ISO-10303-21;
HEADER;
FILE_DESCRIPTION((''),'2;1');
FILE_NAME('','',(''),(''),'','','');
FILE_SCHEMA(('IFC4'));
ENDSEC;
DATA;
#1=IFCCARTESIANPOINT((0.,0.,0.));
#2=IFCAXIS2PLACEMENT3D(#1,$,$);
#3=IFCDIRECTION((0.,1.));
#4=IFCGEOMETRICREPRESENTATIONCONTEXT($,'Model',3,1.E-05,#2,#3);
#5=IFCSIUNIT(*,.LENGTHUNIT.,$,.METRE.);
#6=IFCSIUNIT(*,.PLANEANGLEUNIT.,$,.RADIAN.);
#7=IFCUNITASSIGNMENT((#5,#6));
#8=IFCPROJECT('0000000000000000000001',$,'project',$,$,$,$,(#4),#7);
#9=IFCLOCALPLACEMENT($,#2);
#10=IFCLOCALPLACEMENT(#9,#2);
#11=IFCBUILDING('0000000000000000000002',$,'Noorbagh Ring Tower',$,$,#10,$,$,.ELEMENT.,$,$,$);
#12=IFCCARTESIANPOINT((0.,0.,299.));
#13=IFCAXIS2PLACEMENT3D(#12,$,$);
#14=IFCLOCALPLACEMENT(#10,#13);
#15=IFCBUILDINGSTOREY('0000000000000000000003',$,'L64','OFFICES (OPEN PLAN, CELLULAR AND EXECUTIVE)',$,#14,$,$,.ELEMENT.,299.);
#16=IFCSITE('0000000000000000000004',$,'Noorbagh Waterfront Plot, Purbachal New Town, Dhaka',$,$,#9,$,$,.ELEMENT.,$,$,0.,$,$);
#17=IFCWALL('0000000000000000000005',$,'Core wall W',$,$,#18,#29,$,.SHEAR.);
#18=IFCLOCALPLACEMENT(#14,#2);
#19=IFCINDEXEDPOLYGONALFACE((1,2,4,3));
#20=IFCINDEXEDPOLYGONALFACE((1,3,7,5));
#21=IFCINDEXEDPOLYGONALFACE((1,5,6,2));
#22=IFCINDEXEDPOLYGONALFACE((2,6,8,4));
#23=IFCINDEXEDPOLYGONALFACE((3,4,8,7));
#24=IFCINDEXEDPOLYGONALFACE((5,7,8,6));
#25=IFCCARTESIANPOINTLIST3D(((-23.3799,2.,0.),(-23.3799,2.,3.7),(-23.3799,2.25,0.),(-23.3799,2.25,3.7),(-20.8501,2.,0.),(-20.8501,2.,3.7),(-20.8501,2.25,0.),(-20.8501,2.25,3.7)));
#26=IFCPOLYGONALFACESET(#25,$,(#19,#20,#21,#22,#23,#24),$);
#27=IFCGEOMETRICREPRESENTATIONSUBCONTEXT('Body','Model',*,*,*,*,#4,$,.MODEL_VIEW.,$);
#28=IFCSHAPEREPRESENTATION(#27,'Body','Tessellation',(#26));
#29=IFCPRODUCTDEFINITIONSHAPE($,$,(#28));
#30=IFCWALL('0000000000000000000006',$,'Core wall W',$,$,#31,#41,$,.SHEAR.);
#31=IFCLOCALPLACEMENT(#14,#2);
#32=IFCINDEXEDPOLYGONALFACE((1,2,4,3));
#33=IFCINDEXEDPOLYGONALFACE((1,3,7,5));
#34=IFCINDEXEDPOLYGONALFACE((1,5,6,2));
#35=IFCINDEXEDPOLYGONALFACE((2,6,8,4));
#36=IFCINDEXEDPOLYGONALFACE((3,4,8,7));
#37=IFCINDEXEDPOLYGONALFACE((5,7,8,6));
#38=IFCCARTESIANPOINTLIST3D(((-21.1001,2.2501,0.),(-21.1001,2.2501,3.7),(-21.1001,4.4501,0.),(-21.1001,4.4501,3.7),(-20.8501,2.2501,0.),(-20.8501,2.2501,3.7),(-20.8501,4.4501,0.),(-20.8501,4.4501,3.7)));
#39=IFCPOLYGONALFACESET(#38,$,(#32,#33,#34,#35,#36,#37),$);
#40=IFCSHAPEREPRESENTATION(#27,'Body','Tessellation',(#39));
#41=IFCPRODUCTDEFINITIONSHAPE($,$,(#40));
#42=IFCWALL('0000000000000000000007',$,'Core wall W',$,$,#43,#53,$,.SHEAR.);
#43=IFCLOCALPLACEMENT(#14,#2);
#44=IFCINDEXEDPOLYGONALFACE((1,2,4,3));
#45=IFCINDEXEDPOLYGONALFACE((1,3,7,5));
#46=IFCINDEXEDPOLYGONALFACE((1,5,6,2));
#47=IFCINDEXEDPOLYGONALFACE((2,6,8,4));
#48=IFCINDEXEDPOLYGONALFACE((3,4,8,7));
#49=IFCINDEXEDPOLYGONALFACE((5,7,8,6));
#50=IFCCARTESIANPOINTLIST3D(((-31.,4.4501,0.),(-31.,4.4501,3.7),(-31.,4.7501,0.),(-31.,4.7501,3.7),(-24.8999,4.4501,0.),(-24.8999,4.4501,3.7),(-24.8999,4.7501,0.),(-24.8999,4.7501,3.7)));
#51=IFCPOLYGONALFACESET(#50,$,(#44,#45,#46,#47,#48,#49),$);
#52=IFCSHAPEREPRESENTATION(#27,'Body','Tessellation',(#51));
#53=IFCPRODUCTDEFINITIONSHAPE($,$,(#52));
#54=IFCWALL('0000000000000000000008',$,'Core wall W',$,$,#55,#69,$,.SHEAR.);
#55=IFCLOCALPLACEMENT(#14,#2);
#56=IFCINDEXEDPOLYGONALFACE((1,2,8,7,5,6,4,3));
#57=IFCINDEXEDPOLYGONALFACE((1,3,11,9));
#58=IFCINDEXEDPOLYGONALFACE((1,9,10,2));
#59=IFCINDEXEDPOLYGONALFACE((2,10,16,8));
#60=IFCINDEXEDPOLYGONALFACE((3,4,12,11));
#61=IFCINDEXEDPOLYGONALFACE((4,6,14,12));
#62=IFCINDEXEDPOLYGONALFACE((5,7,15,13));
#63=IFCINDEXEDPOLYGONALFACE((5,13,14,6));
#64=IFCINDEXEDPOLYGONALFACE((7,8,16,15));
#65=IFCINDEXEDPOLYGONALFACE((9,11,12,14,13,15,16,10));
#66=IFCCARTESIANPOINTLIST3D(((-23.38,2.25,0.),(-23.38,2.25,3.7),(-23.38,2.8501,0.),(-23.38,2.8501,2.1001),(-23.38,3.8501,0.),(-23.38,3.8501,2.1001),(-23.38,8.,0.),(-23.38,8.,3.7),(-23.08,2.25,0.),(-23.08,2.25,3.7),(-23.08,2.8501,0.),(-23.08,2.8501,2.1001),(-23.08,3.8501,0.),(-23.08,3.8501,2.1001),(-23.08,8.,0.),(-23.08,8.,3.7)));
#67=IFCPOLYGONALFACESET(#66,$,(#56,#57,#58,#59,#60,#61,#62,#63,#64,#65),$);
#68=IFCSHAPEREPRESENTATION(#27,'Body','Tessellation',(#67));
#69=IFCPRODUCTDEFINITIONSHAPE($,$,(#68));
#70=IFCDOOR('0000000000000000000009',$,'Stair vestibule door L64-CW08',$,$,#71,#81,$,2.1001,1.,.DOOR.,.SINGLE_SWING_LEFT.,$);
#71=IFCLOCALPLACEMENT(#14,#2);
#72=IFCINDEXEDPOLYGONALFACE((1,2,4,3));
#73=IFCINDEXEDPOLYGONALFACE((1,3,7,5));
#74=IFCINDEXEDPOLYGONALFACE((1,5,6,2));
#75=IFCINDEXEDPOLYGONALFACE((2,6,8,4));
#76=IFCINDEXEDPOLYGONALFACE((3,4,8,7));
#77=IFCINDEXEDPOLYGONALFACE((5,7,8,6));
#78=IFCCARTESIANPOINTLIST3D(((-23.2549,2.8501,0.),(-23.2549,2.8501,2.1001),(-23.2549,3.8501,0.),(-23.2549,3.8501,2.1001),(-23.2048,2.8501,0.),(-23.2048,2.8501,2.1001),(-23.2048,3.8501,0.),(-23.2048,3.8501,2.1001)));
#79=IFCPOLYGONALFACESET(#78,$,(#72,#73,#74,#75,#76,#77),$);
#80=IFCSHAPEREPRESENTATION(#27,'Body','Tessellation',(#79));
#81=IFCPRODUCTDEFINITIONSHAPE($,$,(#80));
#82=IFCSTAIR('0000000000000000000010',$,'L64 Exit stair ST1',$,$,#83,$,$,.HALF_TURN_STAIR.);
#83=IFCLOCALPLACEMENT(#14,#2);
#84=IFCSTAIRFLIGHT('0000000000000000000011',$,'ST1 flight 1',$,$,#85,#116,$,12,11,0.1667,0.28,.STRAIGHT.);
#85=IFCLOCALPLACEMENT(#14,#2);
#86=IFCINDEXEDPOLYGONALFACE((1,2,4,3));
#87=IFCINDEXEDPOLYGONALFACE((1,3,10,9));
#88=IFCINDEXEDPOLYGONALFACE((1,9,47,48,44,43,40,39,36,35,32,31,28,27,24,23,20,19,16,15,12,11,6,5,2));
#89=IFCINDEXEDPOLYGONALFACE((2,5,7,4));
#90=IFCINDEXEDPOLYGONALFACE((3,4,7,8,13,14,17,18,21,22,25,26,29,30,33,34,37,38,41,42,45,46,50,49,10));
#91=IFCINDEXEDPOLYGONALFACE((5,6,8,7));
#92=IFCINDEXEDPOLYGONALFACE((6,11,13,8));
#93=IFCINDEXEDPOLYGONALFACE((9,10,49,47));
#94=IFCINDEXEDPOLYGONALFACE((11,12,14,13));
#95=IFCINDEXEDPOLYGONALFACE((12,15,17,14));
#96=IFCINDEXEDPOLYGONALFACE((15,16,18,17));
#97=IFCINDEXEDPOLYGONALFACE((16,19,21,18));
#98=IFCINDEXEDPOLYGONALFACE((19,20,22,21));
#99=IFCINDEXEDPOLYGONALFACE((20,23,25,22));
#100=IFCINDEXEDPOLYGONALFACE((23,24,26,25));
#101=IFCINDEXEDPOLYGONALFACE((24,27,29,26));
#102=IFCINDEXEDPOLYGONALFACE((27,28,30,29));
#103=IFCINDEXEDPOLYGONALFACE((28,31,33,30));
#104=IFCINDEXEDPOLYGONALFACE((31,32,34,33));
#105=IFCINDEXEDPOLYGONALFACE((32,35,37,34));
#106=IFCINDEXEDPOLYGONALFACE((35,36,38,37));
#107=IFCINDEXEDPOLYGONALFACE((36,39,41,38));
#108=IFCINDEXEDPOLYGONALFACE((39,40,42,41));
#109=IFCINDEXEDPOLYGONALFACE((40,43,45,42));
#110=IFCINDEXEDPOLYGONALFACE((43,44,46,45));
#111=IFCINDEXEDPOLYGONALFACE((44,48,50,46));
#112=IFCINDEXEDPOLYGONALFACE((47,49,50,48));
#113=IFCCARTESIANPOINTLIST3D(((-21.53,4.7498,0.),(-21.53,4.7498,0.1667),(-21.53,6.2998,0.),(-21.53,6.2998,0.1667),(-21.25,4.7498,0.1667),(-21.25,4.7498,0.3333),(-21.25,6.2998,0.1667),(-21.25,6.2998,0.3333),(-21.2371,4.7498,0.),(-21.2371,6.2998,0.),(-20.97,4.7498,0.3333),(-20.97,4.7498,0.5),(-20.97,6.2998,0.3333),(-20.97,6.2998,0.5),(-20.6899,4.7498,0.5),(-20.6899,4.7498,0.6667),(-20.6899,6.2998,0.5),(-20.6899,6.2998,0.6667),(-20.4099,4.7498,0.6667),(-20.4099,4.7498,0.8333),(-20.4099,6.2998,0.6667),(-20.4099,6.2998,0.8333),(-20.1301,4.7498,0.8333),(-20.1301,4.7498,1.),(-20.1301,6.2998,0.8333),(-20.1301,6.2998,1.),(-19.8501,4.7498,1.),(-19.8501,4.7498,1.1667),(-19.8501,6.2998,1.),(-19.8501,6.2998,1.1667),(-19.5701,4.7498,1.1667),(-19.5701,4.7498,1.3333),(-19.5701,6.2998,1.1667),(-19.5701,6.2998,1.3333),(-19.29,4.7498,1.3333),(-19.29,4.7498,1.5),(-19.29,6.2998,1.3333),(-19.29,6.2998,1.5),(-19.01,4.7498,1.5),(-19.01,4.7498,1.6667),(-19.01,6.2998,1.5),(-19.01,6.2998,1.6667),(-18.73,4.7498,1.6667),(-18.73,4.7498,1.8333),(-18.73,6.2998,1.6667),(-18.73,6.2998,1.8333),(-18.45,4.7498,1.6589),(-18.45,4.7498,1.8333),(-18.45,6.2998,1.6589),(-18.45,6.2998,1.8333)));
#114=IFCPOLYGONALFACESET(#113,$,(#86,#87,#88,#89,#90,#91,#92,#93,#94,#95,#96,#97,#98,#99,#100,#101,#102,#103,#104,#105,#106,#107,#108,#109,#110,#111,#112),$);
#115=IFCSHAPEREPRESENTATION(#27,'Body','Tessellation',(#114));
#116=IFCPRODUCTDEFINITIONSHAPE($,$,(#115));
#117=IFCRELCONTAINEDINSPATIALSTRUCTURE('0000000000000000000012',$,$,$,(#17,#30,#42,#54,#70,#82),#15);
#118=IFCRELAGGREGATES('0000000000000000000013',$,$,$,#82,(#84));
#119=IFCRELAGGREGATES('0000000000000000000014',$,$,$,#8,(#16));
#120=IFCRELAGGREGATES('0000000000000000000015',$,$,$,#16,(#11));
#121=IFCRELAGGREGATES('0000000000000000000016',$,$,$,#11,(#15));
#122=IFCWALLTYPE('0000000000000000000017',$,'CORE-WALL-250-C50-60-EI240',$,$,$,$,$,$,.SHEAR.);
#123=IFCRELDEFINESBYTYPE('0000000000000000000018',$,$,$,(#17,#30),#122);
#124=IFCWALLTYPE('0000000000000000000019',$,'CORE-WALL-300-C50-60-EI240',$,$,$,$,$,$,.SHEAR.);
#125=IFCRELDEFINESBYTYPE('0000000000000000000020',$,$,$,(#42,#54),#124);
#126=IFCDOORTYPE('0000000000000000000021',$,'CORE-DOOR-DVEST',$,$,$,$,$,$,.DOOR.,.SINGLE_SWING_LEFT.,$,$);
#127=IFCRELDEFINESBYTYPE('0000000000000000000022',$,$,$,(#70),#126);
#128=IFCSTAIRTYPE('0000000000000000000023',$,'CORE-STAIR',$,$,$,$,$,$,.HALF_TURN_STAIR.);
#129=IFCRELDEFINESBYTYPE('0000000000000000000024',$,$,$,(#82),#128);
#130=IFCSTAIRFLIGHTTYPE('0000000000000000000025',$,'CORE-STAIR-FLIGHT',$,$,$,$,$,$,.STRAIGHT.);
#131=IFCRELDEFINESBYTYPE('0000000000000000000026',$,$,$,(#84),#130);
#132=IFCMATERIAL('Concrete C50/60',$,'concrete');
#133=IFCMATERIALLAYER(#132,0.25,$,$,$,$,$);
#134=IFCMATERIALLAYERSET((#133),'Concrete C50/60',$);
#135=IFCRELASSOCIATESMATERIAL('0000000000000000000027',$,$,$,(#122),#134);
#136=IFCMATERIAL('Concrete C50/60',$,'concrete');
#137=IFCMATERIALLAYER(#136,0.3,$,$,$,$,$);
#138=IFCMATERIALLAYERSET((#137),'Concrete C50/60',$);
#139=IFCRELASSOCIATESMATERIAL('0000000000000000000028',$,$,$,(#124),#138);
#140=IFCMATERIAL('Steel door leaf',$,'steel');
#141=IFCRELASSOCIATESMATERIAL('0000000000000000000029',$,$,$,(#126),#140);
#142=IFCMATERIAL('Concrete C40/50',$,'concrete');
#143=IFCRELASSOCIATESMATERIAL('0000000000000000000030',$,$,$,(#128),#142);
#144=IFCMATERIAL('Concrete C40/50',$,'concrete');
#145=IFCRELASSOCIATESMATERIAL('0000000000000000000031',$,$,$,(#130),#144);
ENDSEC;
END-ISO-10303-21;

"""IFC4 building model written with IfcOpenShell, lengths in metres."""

from ifc_helpers import new_model, si_unit, direction, frame, frame_2d, origin, place, context, subcontext, project, spatial, polyline, rectangle, outline, extrude, material, layer, layer_set, type_object, element, fill, aggregate, save


model = new_model("IFC4")

# Units and contexts
model_context = context("Model", 3, precision=1e-05, world=origin(), true_north=direction((0.0, 1.0)))
body_context = subcontext(model_context, "Body", "Model", "MODEL_VIEW")
ifc_project = project(units=[si_unit("LENGTHUNIT", "METRE"), si_unit("PLANEANGLEUNIT", "RADIAN")], contexts=[model_context])

# Site, building, storey
site_placement = place(None, origin())
site = spatial("IfcSite", under=ifc_project, at=site_placement, Name="Noorbagh Waterfront Plot, Purbachal New Town, Dhaka", CompositionType="ELEMENT", RefElevation=0.0)
building_placement = place(site_placement, origin())
building = spatial("IfcBuilding", under=site, at=building_placement, Name="Noorbagh Ring Tower", CompositionType="ELEMENT")
storey_placement = place(building_placement, frame((0.0, 0.0, 299.0)))
storey = spatial("IfcBuildingStorey", under=building, at=storey_placement, Name="L64", Description="OFFICES (OPEN PLAN, CELLULAR AND EXECUTIVE)", CompositionType="ELEMENT", Elevation=299.0)

# Walls
ifc_material_1 = material(Name="Concrete C50/60", Category="concrete")
ifc_layer_1 = layer(ifc_material_1, 0.25)
ifc_layer_set_1 = layer_set([ifc_layer_1], Name="Concrete C50/60")
wall_type_1 = type_object("IfcWallType", Name="CORE-WALL-250-C50-60-EI240", PredefinedType="SHEAR", material=ifc_layer_set_1)
wall_1_placement = place(storey_placement, frame((-20.8501, 2.125, 0.0), z_axis=(0.0, 0.0, 1.0), x_axis=(-1.0, 0.0, 0.0)))
element("IfcWall", 1, at=wall_1_placement, inside=storey, type_object=wall_type_1, Name="Core wall W", PredefinedType="SHEAR", context=body_context, shape_type="SweptSolid", body=[
    extrude(rectangle(XDim=2.5298, YDim=0.25, at=frame_2d((1.2649, 0.0))), origin(), (0.0, 0.0, 1.0), 3.7),
])
wall_2_placement = place(storey_placement, frame((-20.9751, 2.25, 0.0), z_axis=(0.0, 0.0, 1.0), x_axis=(0.0, 1.0, 0.0)))
element("IfcWall", 2, at=wall_2_placement, inside=storey, type_object=wall_type_1, Name="Core wall W", PredefinedType="SHEAR", context=body_context, shape_type="SweptSolid", body=[
    extrude(rectangle(XDim=2.2, YDim=0.25, at=frame_2d((1.1001, 0.0))), origin(), (0.0, 0.0, 1.0), 3.7),
])
ifc_material_2 = material(Name="Concrete C50/60", Category="concrete")
ifc_layer_2 = layer(ifc_material_2, 0.3)
ifc_layer_set_2 = layer_set([ifc_layer_2], Name="Concrete C50/60")
wall_type_2 = type_object("IfcWallType", Name="CORE-WALL-300-C50-60-EI240", PredefinedType="SHEAR", material=ifc_layer_set_2)
wall_3_placement = place(storey_placement, frame((-24.8999, 4.6001, 0.0), z_axis=(0.0, 0.0, 1.0), x_axis=(-1.0, 0.0, 0.0)))
element("IfcWall", 3, at=wall_3_placement, inside=storey, type_object=wall_type_2, Name="Core wall W", PredefinedType="SHEAR", context=body_context, shape_type="SweptSolid", body=[
    extrude(rectangle(XDim=6.1001, YDim=0.3, at=frame_2d((3.05, 0.0))), origin(), (0.0, 0.0, 1.0), 3.7),
])

# Wall, opening, door
wall_4_placement = place(storey_placement, frame((-23.23, 2.25, 0.0), z_axis=(0.0, 0.0, 1.0), x_axis=(0.0, 1.0, 0.0)))
wall_4 = element("IfcWall", 4, at=wall_4_placement, inside=storey, type_object=wall_type_2, Name="Core wall W", PredefinedType="SHEAR", context=body_context, shape_type="SweptSolid", body=[
    extrude(rectangle(XDim=5.75, YDim=0.3, at=frame_2d((2.875, 0.0))), origin(), (0.0, 0.0, 1.0), 3.7),
])
opening_1_placement = place(wall_4_placement, frame((0.6001, 0.0, 0.0)))
opening_1 = element("IfcOpeningElement", 5, at=opening_1_placement, cuts=wall_4, PredefinedType="OPENING", context=body_context, shape_type="SweptSolid", body=[
    extrude(rectangle(XDim=1.0, YDim=2.1001, at=frame_2d((0.5, 1.05))), frame((0.0, 0.1602, 0.0), z_axis=(0.0, -1.0, 0.0), x_axis=(1.0, 0.0, 0.0)), (0.0, 0.0, 1.0), 0.3201),
])
ifc_material_3 = material(Name="Steel door leaf", Category="steel")
door_type_1 = type_object("IfcDoorType", Name="CORE-DOOR-DVEST", OperationType="SINGLE_SWING_LEFT", PredefinedType="DOOR", material=ifc_material_3)
door_1_placement = place(opening_1_placement, origin())
door_1 = element("IfcDoor", 6, at=door_1_placement, inside=storey, type_object=door_type_1, Name="Stair vestibule door L64-CW08", OperationType="SINGLE_SWING_LEFT", OverallHeight=2.1001, OverallWidth=1.0, PredefinedType="DOOR", context=body_context, shape_type="SweptSolid", body=[
    extrude(rectangle(XDim=1.0, YDim=2.1001, at=frame_2d((0.5, 1.05))), frame((0.0, 0.0249, 0.0), z_axis=(0.0, -1.0, 0.0), x_axis=(1.0, 0.0, 0.0)), (0.0, 0.0, 1.0), 0.05),
])
fill(opening_1, door_1)

# Stair, stair flight
ifc_material_4 = material(Name="Concrete C40/50", Category="concrete")
stair_type = type_object("IfcStairType", Name="CORE-STAIR", PredefinedType="HALF_TURN_STAIR", material=ifc_material_4)
stair_placement = place(storey_placement, origin())
stair = element("IfcStair", 7, at=stair_placement, inside=storey, type_object=stair_type, Name="L64 Exit stair ST1", PredefinedType="HALF_TURN_STAIR")
ifc_material_5 = material(Name="Concrete C40/50", Category="concrete")
stair_flight_type = type_object("IfcStairFlightType", Name="CORE-STAIR-FLIGHT", PredefinedType="STRAIGHT", material=ifc_material_5)
stair_flight_placement = place(storey_placement, frame((-21.53, 5.5249, 0.0), z_axis=(0.0, 0.0, 1.0), x_axis=(1.0, 0.0, 0.0)))
stair_flight = element("IfcStairFlight", 8, at=stair_flight_placement, type_object=stair_flight_type, Name="ST1 flight 1", NumberOfRisers=12, NumberOfTreads=11, PredefinedType="STRAIGHT", RiserHeight=0.1667, TreadLength=0.28, context=body_context, shape_type="SweptSolid", body=[
    extrude(outline(polyline([(0.0, 0.0), (0.0, 0.1667), (0.28, 0.1667), (0.28, 0.3333), (0.5601, 0.3333), (0.5601, 0.5), (0.8401, 0.5), (0.8401, 0.6667), (1.1201, 0.6667), (1.1201, 0.8333), (1.3999, 0.8333), (1.3999, 1.0), (1.6799, 1.0), (1.6799, 1.1667), (1.96, 1.1667), (1.96, 1.3333), (2.24, 1.3333), (2.24, 1.5), (2.52, 1.5), (2.52, 1.6667), (2.8, 1.6667), (2.8, 1.8333), (3.0801, 1.8333), (3.0801, 2.0), (3.0801, 1.6589), (0.293, 0.0), (0.0, 0.0)])), frame((0.0, 0.7749, 0.0), z_axis=(0.0, -1.0, 0.0), x_axis=(1.0, 0.0, 0.0)), (0.0, 0.0, 1.0), 1.55),
])
aggregate(stair, [stair_flight])

save(model, "model.ifc")
